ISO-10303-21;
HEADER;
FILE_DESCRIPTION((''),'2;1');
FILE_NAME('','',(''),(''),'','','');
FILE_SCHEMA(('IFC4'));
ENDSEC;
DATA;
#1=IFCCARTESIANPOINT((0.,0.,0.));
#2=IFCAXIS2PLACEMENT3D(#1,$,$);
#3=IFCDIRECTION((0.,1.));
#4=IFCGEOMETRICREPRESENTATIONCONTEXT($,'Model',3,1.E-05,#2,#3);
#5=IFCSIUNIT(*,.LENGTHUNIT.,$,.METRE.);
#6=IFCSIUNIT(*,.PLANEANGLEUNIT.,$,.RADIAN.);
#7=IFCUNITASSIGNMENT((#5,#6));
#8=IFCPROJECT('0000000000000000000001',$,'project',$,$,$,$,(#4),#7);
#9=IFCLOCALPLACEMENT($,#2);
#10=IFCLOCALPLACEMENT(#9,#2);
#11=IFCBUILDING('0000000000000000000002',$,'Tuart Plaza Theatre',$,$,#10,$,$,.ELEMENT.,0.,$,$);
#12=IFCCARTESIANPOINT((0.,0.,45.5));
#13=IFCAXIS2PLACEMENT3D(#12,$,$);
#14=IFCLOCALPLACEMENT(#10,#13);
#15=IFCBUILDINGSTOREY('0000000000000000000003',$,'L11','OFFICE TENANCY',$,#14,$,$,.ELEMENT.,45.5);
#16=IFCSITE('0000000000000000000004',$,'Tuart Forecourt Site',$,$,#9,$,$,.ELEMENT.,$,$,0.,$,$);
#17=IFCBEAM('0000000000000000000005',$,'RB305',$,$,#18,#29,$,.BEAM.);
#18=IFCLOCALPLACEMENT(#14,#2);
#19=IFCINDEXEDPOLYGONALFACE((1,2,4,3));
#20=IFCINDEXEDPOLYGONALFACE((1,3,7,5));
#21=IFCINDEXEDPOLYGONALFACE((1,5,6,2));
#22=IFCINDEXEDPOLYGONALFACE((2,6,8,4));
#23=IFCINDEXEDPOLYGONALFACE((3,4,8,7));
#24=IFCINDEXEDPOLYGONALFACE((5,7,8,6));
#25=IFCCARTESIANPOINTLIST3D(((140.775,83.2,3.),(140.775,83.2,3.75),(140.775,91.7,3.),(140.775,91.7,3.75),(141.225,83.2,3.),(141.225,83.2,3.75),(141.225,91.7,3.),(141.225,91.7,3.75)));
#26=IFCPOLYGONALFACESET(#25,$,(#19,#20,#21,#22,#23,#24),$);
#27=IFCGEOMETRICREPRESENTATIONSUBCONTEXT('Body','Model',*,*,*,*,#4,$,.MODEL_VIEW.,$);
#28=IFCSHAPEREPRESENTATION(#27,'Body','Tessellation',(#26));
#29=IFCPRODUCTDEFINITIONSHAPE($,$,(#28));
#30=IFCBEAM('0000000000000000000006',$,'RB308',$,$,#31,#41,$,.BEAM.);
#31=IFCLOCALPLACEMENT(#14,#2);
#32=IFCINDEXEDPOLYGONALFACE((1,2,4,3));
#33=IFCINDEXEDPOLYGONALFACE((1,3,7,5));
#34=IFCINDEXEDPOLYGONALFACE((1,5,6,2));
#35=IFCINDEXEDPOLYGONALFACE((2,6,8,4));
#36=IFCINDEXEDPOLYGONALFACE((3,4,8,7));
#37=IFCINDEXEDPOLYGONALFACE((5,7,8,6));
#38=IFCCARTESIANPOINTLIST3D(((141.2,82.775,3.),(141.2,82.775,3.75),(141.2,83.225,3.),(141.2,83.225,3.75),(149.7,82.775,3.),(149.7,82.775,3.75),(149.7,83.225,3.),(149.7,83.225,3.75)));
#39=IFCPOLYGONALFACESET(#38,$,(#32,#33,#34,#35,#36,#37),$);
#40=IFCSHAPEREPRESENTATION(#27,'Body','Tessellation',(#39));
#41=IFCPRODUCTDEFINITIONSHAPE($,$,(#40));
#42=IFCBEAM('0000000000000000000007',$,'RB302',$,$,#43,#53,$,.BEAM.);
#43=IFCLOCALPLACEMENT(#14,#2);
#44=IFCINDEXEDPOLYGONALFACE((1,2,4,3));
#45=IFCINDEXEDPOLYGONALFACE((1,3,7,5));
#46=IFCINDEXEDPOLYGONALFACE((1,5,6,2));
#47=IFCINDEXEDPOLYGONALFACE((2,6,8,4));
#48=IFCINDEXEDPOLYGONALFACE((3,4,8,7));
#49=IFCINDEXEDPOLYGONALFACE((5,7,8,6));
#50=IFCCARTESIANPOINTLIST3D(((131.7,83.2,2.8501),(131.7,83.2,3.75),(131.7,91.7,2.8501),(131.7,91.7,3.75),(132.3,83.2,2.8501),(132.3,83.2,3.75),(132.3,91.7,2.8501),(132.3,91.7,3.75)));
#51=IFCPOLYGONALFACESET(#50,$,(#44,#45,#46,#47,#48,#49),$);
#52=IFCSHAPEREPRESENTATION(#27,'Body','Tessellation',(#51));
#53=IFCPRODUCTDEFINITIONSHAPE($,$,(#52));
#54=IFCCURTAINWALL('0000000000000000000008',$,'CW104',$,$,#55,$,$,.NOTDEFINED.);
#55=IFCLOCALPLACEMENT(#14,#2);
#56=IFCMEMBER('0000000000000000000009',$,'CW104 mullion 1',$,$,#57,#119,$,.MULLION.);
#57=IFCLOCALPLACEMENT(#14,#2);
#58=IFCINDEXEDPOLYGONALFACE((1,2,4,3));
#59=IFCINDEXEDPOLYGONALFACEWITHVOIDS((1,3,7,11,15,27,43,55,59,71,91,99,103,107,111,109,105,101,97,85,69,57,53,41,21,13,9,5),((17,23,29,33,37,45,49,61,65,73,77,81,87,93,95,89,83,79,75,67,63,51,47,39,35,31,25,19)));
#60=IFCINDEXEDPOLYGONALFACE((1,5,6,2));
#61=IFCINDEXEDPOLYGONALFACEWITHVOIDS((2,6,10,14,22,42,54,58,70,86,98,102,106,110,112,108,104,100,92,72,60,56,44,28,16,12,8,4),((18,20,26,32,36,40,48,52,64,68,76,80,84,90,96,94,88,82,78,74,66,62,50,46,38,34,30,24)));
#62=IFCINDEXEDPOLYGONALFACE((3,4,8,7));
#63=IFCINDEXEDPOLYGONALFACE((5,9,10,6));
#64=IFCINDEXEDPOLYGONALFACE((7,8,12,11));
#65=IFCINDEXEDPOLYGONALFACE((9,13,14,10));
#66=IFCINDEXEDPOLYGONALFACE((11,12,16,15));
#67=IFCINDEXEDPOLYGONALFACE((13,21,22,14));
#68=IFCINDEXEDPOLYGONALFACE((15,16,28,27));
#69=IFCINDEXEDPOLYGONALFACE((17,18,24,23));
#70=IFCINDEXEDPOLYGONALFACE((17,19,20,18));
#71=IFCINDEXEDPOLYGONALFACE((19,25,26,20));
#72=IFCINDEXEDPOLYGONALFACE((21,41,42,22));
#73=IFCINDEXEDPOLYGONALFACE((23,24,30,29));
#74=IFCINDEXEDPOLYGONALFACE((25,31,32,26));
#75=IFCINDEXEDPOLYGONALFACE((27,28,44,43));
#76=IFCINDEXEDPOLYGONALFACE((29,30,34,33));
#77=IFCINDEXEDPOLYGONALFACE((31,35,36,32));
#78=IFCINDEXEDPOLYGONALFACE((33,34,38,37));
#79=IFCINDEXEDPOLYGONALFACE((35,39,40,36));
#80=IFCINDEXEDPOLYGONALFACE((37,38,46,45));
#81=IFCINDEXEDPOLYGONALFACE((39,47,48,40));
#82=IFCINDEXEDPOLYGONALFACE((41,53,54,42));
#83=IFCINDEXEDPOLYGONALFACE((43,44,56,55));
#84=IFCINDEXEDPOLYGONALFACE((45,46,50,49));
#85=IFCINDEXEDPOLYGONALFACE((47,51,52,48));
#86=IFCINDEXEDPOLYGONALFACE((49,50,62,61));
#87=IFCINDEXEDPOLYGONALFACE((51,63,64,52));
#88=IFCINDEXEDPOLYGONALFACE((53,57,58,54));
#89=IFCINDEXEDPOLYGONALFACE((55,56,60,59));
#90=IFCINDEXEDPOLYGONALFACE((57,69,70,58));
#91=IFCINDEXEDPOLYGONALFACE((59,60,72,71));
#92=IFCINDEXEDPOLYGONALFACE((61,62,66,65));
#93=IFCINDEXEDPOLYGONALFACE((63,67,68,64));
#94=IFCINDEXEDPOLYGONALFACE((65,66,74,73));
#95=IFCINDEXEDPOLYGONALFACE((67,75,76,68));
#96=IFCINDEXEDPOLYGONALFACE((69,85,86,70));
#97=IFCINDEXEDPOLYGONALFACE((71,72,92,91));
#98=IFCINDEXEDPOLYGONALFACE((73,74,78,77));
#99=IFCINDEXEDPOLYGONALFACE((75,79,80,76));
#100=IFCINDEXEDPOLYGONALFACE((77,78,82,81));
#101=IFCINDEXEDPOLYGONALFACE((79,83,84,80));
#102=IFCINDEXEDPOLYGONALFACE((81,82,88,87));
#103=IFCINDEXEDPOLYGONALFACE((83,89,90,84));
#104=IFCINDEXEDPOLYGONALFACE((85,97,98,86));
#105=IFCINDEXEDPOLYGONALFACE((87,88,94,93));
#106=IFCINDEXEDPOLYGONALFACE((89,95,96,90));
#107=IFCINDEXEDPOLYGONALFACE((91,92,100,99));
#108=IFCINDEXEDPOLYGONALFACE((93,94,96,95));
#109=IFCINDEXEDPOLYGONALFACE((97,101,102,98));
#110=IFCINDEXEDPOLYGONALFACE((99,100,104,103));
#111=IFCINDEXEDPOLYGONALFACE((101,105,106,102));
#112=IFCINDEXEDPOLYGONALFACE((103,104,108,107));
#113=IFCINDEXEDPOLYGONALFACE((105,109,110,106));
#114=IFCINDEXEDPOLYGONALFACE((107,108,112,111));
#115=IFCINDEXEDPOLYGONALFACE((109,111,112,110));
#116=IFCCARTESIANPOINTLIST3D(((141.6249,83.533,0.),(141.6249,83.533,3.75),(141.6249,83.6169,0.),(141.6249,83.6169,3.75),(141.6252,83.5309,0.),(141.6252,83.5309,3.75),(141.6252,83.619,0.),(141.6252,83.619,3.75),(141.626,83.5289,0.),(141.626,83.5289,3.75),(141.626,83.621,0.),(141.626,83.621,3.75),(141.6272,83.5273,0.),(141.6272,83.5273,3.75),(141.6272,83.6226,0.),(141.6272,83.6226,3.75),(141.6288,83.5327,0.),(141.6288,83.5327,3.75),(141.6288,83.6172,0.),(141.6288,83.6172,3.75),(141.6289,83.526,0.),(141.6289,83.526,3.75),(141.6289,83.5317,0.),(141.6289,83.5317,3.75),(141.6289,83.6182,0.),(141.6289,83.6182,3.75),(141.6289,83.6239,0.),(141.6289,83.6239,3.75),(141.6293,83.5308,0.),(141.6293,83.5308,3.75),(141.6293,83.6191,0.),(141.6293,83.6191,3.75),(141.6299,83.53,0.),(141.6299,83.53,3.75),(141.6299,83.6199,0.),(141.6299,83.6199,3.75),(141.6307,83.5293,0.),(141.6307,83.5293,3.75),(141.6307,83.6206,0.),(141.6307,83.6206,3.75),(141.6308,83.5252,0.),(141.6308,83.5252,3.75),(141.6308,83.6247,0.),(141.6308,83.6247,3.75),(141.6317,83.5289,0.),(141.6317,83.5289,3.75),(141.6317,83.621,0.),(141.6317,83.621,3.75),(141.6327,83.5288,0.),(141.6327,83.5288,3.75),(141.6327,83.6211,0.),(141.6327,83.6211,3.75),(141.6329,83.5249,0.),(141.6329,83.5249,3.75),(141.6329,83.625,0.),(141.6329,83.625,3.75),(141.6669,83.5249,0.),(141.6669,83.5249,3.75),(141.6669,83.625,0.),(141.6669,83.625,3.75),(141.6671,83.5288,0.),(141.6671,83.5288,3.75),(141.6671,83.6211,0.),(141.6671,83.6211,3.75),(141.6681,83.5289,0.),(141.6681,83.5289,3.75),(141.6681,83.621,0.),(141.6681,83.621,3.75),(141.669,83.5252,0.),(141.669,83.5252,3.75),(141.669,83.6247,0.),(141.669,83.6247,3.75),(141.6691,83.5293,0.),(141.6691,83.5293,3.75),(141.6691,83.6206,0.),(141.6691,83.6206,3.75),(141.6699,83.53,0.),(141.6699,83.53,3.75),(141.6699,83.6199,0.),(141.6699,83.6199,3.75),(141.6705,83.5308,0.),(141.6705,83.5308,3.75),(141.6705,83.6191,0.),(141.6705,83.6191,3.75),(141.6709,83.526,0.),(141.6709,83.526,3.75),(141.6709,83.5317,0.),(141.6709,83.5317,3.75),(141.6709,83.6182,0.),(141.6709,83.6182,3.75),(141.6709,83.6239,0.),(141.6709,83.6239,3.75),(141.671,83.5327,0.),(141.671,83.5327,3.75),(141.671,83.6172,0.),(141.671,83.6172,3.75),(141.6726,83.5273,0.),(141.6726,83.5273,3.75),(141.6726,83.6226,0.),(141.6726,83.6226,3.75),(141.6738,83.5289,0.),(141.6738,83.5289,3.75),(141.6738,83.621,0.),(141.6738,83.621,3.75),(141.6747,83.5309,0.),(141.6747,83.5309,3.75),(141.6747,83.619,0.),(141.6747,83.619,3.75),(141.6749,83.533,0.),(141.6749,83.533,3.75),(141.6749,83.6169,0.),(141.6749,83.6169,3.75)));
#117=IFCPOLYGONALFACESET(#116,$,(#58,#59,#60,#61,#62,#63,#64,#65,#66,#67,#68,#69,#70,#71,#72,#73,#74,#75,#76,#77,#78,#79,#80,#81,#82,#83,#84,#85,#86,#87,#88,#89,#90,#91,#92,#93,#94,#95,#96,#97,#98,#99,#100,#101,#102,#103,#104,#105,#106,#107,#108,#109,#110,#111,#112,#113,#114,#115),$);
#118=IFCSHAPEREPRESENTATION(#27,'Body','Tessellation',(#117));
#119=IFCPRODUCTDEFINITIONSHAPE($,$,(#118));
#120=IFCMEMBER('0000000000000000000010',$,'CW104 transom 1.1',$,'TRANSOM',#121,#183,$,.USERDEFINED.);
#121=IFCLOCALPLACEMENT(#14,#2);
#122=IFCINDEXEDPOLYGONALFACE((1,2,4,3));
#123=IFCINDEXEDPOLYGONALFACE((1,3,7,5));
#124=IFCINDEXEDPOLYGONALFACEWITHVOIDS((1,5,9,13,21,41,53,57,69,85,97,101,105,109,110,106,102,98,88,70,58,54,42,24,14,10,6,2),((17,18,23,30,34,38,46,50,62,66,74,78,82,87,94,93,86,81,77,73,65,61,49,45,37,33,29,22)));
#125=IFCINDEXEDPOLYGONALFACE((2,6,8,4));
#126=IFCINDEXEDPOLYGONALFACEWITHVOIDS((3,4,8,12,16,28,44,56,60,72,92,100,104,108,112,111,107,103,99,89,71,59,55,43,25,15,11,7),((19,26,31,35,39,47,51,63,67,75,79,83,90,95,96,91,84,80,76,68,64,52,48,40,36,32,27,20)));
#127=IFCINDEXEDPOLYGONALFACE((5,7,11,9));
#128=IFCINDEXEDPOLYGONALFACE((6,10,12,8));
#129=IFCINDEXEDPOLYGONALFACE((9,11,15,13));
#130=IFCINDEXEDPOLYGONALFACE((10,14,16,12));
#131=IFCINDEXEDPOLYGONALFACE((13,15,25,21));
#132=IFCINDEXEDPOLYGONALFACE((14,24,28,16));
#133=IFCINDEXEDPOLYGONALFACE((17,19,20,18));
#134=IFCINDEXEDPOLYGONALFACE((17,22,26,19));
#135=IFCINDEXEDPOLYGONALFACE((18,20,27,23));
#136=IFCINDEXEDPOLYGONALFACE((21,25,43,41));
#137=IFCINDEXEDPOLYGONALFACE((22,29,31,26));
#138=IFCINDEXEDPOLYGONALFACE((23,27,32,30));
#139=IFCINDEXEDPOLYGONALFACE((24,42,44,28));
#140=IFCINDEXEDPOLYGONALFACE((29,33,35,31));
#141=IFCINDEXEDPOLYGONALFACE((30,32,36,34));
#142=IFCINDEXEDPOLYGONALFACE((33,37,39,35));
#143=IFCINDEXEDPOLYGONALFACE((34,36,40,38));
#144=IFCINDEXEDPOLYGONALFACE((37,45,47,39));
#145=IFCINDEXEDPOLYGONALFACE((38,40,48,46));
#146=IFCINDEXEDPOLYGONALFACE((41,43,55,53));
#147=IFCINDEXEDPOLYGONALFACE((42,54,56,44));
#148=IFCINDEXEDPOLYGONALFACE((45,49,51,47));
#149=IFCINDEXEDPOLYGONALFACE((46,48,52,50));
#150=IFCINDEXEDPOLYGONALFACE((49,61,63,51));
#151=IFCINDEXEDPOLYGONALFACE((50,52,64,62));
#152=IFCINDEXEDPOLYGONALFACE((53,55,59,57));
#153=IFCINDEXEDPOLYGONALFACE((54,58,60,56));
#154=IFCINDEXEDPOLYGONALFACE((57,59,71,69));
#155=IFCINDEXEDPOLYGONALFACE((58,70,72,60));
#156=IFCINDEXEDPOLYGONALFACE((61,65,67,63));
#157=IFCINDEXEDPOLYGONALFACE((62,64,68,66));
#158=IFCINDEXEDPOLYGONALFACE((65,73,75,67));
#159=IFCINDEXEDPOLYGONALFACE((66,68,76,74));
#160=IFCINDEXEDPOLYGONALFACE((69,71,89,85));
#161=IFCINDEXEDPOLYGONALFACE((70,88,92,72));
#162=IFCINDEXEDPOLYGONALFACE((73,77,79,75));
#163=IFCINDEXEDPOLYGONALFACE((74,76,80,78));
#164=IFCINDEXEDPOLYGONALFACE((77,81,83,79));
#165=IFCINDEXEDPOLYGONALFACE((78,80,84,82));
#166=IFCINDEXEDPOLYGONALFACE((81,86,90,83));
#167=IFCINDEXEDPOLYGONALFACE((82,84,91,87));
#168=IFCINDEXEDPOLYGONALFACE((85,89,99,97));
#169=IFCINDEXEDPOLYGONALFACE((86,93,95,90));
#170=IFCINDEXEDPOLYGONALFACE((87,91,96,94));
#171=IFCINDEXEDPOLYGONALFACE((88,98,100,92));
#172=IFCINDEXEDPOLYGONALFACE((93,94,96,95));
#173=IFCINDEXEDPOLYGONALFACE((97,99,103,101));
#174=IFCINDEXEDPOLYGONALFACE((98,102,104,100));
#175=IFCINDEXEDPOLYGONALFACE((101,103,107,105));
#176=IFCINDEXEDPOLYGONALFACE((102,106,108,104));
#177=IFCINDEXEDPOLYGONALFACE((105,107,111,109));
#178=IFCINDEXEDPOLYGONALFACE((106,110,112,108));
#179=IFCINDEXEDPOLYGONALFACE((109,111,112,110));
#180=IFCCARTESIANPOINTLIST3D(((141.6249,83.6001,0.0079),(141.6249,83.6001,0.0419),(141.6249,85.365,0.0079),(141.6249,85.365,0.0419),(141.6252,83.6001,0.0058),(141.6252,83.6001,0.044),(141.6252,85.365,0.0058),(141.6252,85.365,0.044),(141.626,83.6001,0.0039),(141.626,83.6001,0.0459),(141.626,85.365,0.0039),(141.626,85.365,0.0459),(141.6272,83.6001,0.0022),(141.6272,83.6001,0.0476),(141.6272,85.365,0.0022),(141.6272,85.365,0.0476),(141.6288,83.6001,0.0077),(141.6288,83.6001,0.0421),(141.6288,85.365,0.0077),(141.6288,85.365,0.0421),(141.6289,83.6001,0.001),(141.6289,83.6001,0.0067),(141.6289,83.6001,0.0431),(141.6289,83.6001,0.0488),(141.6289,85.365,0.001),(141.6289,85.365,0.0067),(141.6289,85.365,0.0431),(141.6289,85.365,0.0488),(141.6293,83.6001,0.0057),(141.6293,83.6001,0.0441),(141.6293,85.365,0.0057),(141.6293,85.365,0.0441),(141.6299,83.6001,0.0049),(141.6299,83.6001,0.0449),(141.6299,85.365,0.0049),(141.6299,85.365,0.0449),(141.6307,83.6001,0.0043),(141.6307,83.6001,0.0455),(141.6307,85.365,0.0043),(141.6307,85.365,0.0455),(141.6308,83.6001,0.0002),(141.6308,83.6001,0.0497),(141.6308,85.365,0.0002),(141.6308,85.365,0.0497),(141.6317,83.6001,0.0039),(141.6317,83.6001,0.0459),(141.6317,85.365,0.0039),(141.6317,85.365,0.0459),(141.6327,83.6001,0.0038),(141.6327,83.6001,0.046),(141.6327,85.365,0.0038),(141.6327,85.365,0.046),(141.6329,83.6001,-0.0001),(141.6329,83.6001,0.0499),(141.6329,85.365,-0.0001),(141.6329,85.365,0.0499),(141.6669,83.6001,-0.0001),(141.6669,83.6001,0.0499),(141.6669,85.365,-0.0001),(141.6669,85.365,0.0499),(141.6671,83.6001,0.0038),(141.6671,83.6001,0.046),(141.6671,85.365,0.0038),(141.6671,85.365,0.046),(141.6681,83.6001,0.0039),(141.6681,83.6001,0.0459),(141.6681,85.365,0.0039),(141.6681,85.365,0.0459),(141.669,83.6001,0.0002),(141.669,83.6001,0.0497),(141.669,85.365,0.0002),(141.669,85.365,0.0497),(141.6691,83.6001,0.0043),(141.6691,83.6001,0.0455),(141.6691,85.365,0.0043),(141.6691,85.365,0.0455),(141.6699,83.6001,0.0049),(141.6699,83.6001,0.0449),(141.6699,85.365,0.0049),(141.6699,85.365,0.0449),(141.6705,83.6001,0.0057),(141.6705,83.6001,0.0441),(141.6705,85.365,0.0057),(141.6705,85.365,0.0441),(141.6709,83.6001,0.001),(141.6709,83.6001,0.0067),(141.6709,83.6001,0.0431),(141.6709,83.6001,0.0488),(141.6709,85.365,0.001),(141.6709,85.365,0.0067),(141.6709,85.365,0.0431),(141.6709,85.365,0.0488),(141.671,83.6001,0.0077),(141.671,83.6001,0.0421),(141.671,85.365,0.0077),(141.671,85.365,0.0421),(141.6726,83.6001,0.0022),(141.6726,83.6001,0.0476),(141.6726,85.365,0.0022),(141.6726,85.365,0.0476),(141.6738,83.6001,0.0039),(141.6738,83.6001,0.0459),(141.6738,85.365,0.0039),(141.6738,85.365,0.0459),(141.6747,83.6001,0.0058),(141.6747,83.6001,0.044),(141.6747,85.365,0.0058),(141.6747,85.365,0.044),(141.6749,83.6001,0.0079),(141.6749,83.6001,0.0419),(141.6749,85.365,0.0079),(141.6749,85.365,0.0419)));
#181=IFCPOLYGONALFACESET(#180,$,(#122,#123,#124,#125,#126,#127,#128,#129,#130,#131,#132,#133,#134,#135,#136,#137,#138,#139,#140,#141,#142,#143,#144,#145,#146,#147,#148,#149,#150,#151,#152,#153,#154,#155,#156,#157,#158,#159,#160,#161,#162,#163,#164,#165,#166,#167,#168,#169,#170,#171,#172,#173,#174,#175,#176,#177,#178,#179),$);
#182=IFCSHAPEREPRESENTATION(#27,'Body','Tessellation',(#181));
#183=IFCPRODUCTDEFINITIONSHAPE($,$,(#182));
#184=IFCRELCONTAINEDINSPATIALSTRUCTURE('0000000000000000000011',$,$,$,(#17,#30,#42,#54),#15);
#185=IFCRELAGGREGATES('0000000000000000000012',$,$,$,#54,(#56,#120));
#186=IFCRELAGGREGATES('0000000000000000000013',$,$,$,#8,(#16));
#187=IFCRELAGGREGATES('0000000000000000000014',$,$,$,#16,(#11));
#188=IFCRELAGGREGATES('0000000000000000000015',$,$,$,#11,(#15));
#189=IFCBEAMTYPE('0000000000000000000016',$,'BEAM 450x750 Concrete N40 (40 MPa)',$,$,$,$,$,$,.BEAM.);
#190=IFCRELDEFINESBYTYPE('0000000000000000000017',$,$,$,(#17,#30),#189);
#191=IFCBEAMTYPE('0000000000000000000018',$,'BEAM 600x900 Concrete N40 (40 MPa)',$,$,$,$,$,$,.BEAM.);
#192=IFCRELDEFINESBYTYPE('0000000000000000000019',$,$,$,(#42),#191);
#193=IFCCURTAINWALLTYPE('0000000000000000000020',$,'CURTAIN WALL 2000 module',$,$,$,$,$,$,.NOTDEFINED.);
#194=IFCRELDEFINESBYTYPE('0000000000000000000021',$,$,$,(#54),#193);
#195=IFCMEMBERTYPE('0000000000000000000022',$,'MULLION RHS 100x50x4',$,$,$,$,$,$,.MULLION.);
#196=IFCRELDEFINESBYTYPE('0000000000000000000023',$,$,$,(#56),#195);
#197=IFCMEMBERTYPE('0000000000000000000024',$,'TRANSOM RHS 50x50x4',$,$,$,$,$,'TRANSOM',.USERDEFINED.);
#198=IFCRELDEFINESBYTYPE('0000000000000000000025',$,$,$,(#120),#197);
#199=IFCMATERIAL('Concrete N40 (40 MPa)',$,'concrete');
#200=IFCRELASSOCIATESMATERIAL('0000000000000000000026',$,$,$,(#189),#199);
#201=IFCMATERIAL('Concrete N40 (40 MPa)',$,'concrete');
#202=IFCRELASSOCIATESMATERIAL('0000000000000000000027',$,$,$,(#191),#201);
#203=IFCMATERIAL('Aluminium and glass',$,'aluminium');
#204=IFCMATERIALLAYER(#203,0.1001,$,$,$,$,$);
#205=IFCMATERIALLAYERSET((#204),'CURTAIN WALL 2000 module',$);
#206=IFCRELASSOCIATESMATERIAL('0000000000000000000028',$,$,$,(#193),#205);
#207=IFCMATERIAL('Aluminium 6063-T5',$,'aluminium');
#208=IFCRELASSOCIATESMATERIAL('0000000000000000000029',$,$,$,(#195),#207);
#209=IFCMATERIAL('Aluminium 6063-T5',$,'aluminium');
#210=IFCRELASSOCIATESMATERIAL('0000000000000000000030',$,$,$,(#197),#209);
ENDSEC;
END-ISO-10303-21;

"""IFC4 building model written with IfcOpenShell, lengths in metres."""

from ifc_helpers import new_model, si_unit, direction, frame, origin, origin_2d, place, context, subcontext, project, spatial, rectangle, hollow_rectangle, extrude, material, layer, layer_set, material_profile, profile_set, type_object, element, aggregate, save


model = new_model("IFC4")

# Units and contexts
model_context = context("Model", 3, precision=1e-05, world=origin(), true_north=direction((0.0, 1.0)))
body_context = subcontext(model_context, "Body", "Model", "MODEL_VIEW")
ifc_project = project(units=[si_unit("LENGTHUNIT", "METRE"), si_unit("PLANEANGLEUNIT", "RADIAN")], contexts=[model_context])

# Site, building, storey
site_placement = place(None, origin())
site = spatial("IfcSite", under=ifc_project, at=site_placement, Name="Tuart Forecourt Site", CompositionType="ELEMENT", RefElevation=0.0)
building_placement = place(site_placement, origin())
building = spatial("IfcBuilding", under=site, at=building_placement, Name="Tuart Plaza Theatre", CompositionType="ELEMENT", ElevationOfRefHeight=0.0)
storey_placement = place(building_placement, frame((0.0, 0.0, 45.5)))
storey = spatial("IfcBuildingStorey", under=building, at=storey_placement, Name="L11", Description="OFFICE TENANCY", CompositionType="ELEMENT", Elevation=45.5)

# Beams
ifc_material_1 = material(Name="Concrete N40 (40 MPa)", Category="concrete")
ifc_material_profile_1 = material_profile(ifc_material_1, rectangle(XDim=0.45, YDim=0.75, at=origin_2d()), Name="BEAM 450x750 Concrete N40 (40 MPa)")
ifc_profile_set_1 = profile_set([ifc_material_profile_1], Name="Concrete N40 (40 MPa)")
beam_type_1 = type_object("IfcBeamType", Name="BEAM 450x750 Concrete N40 (40 MPa)", PredefinedType="BEAM", material=ifc_profile_set_1)
for number, where, z_axis, x_axis, name in (
    (1, (141.0, 83.2, 3.375), (0.0, 1.0, 0.0), (-1.0, 0.0, 0.0), "RB305"),
    (2, (141.2, 83.0, 3.375), (1.0, 0.0, 0.0), (0.0, 1.0, 0.0), "RB308"),
):
    element("IfcBeam", number, at=place(storey_placement, frame(where, z_axis=z_axis, x_axis=x_axis)), inside=storey, type_object=beam_type_1, Name=name, PredefinedType="BEAM", context=body_context, shape_type="SweptSolid", body=[
        extrude(rectangle(XDim=0.45, YDim=0.75, at=origin_2d()), origin(), (0.0, 0.0, 1.0), 8.5),
    ])
ifc_material_2 = material(Name="Concrete N40 (40 MPa)", Category="concrete")
ifc_material_profile_2 = material_profile(ifc_material_2, rectangle(XDim=0.6001, YDim=0.8999, at=origin_2d()), Name="BEAM 600x900 Concrete N40 (40 MPa)")
ifc_profile_set_2 = profile_set([ifc_material_profile_2], Name="Concrete N40 (40 MPa)")
beam_type_2 = type_object("IfcBeamType", Name="BEAM 600x900 Concrete N40 (40 MPa)", PredefinedType="BEAM", material=ifc_profile_set_2)
beam_placement = place(storey_placement, frame((132.0, 83.2, 3.3), z_axis=(0.0, 1.0, 0.0), x_axis=(-1.0, 0.0, 0.0)))
element("IfcBeam", 3, at=beam_placement, inside=storey, type_object=beam_type_2, Name="RB302", PredefinedType="BEAM", context=body_context, shape_type="SweptSolid", body=[
    extrude(rectangle(XDim=0.6001, YDim=0.8999, at=origin_2d()), origin(), (0.0, 0.0, 1.0), 8.5),
])

# Curtain wall, members
ifc_material_3 = material(Name="Aluminium and glass", Category="aluminium")
ifc_layer_1 = layer(ifc_material_3, 0.1001)
ifc_layer_set_1 = layer_set([ifc_layer_1], Name="CURTAIN WALL 2000 module")
curtain_wall_type = type_object("IfcCurtainWallType", Name="CURTAIN WALL 2000 module", PredefinedType="NOTDEFINED", material=ifc_layer_set_1)
curtain_wall_placement = place(storey_placement, origin())
curtain_wall = element("IfcCurtainWall", 4, at=curtain_wall_placement, inside=storey, type_object=curtain_wall_type, Name="CW104", PredefinedType="NOTDEFINED")
ifc_material_4 = material(Name="Aluminium 6063-T5", Category="aluminium")
ifc_material_profile_3 = material_profile(ifc_material_4, hollow_rectangle(XDim=0.05, YDim=0.1001, WallThickness=0.0039, InnerFilletRadius=0.0039, OuterFilletRadius=0.0081, at=origin_2d()), Name="RHS 100x50x4")
ifc_profile_set_3 = profile_set([ifc_material_profile_3], Name="Aluminium 6063-T5")
member_type_1 = type_object("IfcMemberType", Name="MULLION RHS 100x50x4", PredefinedType="MULLION", material=ifc_profile_set_3)
member_1_placement = place(storey_placement, frame((141.6499, 83.575, 0.0), z_axis=(0.0, 0.0, 1.0), x_axis=(-1.0, 0.0, 0.0)))
member_1 = element("IfcMember", 5, at=member_1_placement, type_object=member_type_1, Name="CW104 mullion 1", PredefinedType="MULLION", context=body_context, shape_type="SweptSolid", body=[
    extrude(hollow_rectangle(XDim=0.05, YDim=0.1001, WallThickness=0.0039, InnerFilletRadius=0.0039, OuterFilletRadius=0.0081, at=origin_2d()), origin(), (0.0, 0.0, 1.0), 3.75),
])
ifc_material_5 = material(Name="Aluminium 6063-T5", Category="aluminium")
ifc_material_profile_4 = material_profile(ifc_material_5, hollow_rectangle(XDim=0.05, YDim=0.05, WallThickness=0.0039, InnerFilletRadius=0.0039, OuterFilletRadius=0.0081, at=origin_2d()), Name="RHS 50x50x4")
ifc_profile_set_4 = profile_set([ifc_material_profile_4], Name="Aluminium 6063-T5")
member_type_2 = type_object("IfcMemberType", Name="TRANSOM RHS 50x50x4", ElementType="TRANSOM", PredefinedType="USERDEFINED", material=ifc_profile_set_4)
member_2_placement = place(storey_placement, frame((141.6499, 83.6001, 0.0249), z_axis=(0.0, 1.0, 0.0), x_axis=(-1.0, 0.0, 0.0)))
member_2 = element("IfcMember", 6, at=member_2_placement, type_object=member_type_2, Name="CW104 transom 1.1", ObjectType="TRANSOM", PredefinedType="USERDEFINED", context=body_context, shape_type="SweptSolid", body=[
    extrude(hollow_rectangle(XDim=0.05, YDim=0.05, WallThickness=0.0039, InnerFilletRadius=0.0039, OuterFilletRadius=0.0081, at=origin_2d()), origin(), (0.0, 0.0, 1.0), 1.7649),
])
aggregate(curtain_wall, [member_1, member_2])

save(model, "model.ifc")
